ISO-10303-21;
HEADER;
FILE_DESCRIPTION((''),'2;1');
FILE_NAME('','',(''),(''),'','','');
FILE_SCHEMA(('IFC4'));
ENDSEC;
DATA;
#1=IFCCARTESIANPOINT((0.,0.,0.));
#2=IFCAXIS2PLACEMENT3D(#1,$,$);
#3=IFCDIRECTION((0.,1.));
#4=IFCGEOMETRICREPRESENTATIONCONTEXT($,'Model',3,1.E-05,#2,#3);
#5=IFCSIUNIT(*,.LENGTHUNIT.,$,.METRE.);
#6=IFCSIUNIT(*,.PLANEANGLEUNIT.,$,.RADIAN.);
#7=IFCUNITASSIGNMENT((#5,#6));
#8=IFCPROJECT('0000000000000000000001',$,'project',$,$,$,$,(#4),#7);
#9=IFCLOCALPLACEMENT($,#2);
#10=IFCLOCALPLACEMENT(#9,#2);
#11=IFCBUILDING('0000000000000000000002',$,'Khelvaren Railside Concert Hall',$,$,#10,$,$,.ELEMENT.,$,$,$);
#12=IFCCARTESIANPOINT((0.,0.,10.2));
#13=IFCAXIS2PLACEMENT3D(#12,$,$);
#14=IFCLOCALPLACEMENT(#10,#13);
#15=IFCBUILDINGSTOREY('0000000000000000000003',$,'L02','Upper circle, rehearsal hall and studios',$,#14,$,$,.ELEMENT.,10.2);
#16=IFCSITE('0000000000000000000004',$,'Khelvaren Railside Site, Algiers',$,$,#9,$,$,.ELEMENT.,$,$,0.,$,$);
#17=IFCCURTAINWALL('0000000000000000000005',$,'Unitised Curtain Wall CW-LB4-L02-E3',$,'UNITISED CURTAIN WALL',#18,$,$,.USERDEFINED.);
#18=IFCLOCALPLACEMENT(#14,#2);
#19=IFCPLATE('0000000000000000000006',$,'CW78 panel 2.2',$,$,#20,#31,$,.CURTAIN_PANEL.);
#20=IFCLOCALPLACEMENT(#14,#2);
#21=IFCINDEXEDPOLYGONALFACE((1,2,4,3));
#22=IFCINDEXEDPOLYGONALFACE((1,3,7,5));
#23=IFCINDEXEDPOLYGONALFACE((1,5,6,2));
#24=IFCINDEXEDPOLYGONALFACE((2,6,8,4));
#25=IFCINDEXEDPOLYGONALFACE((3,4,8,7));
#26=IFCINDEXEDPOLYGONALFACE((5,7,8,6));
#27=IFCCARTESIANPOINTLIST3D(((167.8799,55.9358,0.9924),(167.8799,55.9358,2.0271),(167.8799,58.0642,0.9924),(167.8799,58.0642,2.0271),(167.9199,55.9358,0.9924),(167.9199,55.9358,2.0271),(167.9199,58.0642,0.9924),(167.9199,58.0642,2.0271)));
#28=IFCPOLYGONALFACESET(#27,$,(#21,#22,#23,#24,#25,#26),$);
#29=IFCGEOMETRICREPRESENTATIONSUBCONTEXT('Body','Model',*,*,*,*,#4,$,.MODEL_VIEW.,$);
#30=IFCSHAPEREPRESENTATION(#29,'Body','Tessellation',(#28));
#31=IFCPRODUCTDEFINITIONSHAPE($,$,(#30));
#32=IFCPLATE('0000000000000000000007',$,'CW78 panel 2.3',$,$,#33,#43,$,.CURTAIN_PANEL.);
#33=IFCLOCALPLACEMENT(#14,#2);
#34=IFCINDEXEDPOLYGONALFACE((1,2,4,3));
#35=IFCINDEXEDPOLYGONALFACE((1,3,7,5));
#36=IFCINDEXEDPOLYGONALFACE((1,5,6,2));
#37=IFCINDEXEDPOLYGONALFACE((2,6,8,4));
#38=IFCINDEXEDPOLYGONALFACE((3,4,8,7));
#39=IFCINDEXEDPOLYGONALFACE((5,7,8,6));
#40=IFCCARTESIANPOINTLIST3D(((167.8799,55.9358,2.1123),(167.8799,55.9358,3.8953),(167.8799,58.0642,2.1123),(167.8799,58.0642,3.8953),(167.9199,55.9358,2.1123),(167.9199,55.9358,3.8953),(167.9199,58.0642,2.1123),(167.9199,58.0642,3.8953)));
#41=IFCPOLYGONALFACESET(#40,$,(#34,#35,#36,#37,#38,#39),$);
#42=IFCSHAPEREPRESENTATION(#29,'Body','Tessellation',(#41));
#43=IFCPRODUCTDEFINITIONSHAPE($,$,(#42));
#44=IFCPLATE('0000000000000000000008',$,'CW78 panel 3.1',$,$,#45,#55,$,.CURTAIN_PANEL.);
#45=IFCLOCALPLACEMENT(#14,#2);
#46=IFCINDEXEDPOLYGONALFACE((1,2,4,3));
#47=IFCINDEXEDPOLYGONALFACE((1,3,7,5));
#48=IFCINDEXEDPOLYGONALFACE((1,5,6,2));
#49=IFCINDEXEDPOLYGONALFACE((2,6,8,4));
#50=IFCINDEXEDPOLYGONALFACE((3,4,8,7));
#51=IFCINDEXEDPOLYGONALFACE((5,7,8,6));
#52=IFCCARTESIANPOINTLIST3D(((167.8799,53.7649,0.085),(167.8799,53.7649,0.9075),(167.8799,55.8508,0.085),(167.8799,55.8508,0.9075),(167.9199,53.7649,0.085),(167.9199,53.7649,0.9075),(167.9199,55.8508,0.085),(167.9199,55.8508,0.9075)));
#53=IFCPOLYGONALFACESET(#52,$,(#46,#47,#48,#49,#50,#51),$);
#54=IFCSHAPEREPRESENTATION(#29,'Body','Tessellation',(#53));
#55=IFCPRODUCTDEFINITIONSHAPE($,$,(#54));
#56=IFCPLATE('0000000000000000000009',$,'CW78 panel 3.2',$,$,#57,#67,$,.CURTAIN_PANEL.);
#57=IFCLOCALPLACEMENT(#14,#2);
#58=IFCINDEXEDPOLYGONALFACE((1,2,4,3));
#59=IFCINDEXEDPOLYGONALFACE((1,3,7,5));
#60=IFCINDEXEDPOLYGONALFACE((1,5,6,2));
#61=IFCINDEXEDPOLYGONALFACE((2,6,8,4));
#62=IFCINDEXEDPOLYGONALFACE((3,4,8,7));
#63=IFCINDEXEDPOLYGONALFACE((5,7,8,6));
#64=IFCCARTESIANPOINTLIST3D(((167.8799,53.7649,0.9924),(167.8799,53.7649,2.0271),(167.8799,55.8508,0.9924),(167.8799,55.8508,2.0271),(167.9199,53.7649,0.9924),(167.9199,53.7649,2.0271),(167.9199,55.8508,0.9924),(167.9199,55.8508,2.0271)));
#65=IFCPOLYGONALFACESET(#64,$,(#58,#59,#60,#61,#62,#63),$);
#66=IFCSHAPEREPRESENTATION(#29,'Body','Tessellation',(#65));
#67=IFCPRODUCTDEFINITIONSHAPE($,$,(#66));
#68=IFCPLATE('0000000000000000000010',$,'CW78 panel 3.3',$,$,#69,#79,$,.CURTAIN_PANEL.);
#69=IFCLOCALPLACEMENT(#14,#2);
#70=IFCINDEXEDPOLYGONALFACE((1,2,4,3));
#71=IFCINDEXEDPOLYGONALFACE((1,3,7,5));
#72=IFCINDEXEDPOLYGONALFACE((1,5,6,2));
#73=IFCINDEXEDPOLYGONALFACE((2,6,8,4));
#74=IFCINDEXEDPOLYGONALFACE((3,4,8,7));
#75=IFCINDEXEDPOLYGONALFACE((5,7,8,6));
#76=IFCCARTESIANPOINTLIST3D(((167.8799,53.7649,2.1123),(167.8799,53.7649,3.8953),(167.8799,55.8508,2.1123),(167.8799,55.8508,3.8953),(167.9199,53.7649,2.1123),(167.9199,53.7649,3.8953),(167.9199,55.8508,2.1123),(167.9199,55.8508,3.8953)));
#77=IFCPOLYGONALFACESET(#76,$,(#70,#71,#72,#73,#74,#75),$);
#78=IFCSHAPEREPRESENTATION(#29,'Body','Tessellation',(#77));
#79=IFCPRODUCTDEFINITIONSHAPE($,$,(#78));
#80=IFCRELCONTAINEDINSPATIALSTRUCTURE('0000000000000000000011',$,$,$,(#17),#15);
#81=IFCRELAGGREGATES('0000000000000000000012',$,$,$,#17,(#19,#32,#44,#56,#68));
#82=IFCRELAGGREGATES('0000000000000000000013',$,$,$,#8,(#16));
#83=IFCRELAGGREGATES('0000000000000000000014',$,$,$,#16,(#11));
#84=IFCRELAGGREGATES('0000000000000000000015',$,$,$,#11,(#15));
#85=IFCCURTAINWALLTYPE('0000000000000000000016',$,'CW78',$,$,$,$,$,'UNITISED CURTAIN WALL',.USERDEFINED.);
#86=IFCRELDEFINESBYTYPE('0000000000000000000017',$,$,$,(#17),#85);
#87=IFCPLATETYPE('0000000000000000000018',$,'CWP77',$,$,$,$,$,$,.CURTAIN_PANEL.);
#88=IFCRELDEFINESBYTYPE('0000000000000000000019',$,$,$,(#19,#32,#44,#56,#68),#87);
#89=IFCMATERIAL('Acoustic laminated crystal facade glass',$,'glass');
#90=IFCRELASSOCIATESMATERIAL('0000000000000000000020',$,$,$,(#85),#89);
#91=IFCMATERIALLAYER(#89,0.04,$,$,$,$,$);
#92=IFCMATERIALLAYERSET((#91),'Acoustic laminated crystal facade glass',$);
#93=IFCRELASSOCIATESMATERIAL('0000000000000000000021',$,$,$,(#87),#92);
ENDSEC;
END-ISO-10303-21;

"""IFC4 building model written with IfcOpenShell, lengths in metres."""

from ifc_helpers import new_model, si_unit, direction, frame, origin, origin_2d, place, context, subcontext, project, spatial, rectangle, extrude, material, layer, layer_set, type_object, element, aggregate, save


model = new_model("IFC4")

# Units and contexts
model_context = context("Model", 3, precision=1e-05, world=origin(), true_north=direction((0.0, 1.0)))
body_context = subcontext(model_context, "Body", "Model", "MODEL_VIEW")
ifc_project = project(units=[si_unit("LENGTHUNIT", "METRE"), si_unit("PLANEANGLEUNIT", "RADIAN")], contexts=[model_context])

# Site, building, storey
site_placement = place(None, origin())
site = spatial("IfcSite", under=ifc_project, at=site_placement, Name="Khelvaren Railside Site, Algiers", CompositionType="ELEMENT", RefElevation=0.0)
building_placement = place(site_placement, origin())
building = spatial("IfcBuilding", under=site, at=building_placement, Name="Khelvaren Railside Concert Hall", CompositionType="ELEMENT")
storey_placement = place(building_placement, frame((0.0, 0.0, 10.2)))
storey = spatial("IfcBuildingStorey", under=building, at=storey_placement, Name="L02", Description="Upper circle, rehearsal hall and studios", CompositionType="ELEMENT", Elevation=10.2)

# Curtain wall
ifc_material_1 = material(Name="Acoustic laminated crystal facade glass", Category="glass")
curtain_wall_type = type_object("IfcCurtainWallType", Name="CW78", ElementType="UNITISED CURTAIN WALL", PredefinedType="USERDEFINED", material=ifc_material_1)
curtain_wall_1_placement = place(storey_placement, origin())
curtain_wall_1 = element("IfcCurtainWall", 1, at=curtain_wall_1_placement, inside=storey, type_object=curtain_wall_type, Name="Unitised Curtain Wall CW-LB4-L02-E3", ObjectType="UNITISED CURTAIN WALL", PredefinedType="USERDEFINED")

# Plates
ifc_layer = layer(ifc_material_1, 0.04)
ifc_layer_set = layer_set([ifc_layer], Name="Acoustic laminated crystal facade glass")
plate_type = type_object("IfcPlateType", Name="CWP77", PredefinedType="CURTAIN_PANEL", material=ifc_layer_set)
plate_1_placement = place(storey_placement, frame((167.8999, 57.0, 0.9924), z_axis=(0.0, 0.0, 1.0), x_axis=(0.0, -1.0, 0.0)))
plate_1 = element("IfcPlate", 2, at=plate_1_placement, type_object=plate_type, Name="CW78 panel 2.2", PredefinedType="CURTAIN_PANEL", context=body_context, shape_type="SweptSolid", body=[
    extrude(rectangle(XDim=2.1284, YDim=0.04, at=origin_2d()), origin(), (0.0, 0.0, 1.0), 1.0347),
])
plate_2_placement = place(storey_placement, frame((167.8999, 57.0, 2.1123), z_axis=(0.0, 0.0, 1.0), x_axis=(0.0, -1.0, 0.0)))
plate_2 = element("IfcPlate", 3, at=plate_2_placement, type_object=plate_type, Name="CW78 panel 2.3", PredefinedType="CURTAIN_PANEL", context=body_context, shape_type="SweptSolid", body=[
    extrude(rectangle(XDim=2.1284, YDim=0.04, at=origin_2d()), origin(), (0.0, 0.0, 1.0), 1.783),
])
plate_3_placement = place(storey_placement, frame((167.8999, 54.8079, 0.085), z_axis=(0.0, 0.0, 1.0), x_axis=(0.0, -1.0, 0.0)))
plate_3 = element("IfcPlate", 4, at=plate_3_placement, type_object=plate_type, Name="CW78 panel 3.1", PredefinedType="CURTAIN_PANEL", context=body_context, shape_type="SweptSolid", body=[
    extrude(rectangle(XDim=2.0859, YDim=0.04, at=origin_2d()), origin(), (0.0, 0.0, 1.0), 0.8225),
])
plate_4_placement = place(storey_placement, frame((167.8999, 54.8079, 0.9924), z_axis=(0.0, 0.0, 1.0), x_axis=(0.0, -1.0, 0.0)))
plate_4 = element("IfcPlate", 5, at=plate_4_placement, type_object=plate_type, Name="CW78 panel 3.2", PredefinedType="CURTAIN_PANEL", context=body_context, shape_type="SweptSolid", body=[
    extrude(rectangle(XDim=2.0859, YDim=0.04, at=origin_2d()), origin(), (0.0, 0.0, 1.0), 1.0347),
])
plate_5_placement = place(storey_placement, frame((167.8999, 54.8079, 2.1123), z_axis=(0.0, 0.0, 1.0), x_axis=(0.0, -1.0, 0.0)))
plate_5 = element("IfcPlate", 6, at=plate_5_placement, type_object=plate_type, Name="CW78 panel 3.3", PredefinedType="CURTAIN_PANEL", context=body_context, shape_type="SweptSolid", body=[
    extrude(rectangle(XDim=2.0859, YDim=0.04, at=origin_2d()), origin(), (0.0, 0.0, 1.0), 1.783),
])
aggregate(curtain_wall_1, [plate_1, plate_2, plate_3, plate_4, plate_5])

save(model, "model.ifc")
